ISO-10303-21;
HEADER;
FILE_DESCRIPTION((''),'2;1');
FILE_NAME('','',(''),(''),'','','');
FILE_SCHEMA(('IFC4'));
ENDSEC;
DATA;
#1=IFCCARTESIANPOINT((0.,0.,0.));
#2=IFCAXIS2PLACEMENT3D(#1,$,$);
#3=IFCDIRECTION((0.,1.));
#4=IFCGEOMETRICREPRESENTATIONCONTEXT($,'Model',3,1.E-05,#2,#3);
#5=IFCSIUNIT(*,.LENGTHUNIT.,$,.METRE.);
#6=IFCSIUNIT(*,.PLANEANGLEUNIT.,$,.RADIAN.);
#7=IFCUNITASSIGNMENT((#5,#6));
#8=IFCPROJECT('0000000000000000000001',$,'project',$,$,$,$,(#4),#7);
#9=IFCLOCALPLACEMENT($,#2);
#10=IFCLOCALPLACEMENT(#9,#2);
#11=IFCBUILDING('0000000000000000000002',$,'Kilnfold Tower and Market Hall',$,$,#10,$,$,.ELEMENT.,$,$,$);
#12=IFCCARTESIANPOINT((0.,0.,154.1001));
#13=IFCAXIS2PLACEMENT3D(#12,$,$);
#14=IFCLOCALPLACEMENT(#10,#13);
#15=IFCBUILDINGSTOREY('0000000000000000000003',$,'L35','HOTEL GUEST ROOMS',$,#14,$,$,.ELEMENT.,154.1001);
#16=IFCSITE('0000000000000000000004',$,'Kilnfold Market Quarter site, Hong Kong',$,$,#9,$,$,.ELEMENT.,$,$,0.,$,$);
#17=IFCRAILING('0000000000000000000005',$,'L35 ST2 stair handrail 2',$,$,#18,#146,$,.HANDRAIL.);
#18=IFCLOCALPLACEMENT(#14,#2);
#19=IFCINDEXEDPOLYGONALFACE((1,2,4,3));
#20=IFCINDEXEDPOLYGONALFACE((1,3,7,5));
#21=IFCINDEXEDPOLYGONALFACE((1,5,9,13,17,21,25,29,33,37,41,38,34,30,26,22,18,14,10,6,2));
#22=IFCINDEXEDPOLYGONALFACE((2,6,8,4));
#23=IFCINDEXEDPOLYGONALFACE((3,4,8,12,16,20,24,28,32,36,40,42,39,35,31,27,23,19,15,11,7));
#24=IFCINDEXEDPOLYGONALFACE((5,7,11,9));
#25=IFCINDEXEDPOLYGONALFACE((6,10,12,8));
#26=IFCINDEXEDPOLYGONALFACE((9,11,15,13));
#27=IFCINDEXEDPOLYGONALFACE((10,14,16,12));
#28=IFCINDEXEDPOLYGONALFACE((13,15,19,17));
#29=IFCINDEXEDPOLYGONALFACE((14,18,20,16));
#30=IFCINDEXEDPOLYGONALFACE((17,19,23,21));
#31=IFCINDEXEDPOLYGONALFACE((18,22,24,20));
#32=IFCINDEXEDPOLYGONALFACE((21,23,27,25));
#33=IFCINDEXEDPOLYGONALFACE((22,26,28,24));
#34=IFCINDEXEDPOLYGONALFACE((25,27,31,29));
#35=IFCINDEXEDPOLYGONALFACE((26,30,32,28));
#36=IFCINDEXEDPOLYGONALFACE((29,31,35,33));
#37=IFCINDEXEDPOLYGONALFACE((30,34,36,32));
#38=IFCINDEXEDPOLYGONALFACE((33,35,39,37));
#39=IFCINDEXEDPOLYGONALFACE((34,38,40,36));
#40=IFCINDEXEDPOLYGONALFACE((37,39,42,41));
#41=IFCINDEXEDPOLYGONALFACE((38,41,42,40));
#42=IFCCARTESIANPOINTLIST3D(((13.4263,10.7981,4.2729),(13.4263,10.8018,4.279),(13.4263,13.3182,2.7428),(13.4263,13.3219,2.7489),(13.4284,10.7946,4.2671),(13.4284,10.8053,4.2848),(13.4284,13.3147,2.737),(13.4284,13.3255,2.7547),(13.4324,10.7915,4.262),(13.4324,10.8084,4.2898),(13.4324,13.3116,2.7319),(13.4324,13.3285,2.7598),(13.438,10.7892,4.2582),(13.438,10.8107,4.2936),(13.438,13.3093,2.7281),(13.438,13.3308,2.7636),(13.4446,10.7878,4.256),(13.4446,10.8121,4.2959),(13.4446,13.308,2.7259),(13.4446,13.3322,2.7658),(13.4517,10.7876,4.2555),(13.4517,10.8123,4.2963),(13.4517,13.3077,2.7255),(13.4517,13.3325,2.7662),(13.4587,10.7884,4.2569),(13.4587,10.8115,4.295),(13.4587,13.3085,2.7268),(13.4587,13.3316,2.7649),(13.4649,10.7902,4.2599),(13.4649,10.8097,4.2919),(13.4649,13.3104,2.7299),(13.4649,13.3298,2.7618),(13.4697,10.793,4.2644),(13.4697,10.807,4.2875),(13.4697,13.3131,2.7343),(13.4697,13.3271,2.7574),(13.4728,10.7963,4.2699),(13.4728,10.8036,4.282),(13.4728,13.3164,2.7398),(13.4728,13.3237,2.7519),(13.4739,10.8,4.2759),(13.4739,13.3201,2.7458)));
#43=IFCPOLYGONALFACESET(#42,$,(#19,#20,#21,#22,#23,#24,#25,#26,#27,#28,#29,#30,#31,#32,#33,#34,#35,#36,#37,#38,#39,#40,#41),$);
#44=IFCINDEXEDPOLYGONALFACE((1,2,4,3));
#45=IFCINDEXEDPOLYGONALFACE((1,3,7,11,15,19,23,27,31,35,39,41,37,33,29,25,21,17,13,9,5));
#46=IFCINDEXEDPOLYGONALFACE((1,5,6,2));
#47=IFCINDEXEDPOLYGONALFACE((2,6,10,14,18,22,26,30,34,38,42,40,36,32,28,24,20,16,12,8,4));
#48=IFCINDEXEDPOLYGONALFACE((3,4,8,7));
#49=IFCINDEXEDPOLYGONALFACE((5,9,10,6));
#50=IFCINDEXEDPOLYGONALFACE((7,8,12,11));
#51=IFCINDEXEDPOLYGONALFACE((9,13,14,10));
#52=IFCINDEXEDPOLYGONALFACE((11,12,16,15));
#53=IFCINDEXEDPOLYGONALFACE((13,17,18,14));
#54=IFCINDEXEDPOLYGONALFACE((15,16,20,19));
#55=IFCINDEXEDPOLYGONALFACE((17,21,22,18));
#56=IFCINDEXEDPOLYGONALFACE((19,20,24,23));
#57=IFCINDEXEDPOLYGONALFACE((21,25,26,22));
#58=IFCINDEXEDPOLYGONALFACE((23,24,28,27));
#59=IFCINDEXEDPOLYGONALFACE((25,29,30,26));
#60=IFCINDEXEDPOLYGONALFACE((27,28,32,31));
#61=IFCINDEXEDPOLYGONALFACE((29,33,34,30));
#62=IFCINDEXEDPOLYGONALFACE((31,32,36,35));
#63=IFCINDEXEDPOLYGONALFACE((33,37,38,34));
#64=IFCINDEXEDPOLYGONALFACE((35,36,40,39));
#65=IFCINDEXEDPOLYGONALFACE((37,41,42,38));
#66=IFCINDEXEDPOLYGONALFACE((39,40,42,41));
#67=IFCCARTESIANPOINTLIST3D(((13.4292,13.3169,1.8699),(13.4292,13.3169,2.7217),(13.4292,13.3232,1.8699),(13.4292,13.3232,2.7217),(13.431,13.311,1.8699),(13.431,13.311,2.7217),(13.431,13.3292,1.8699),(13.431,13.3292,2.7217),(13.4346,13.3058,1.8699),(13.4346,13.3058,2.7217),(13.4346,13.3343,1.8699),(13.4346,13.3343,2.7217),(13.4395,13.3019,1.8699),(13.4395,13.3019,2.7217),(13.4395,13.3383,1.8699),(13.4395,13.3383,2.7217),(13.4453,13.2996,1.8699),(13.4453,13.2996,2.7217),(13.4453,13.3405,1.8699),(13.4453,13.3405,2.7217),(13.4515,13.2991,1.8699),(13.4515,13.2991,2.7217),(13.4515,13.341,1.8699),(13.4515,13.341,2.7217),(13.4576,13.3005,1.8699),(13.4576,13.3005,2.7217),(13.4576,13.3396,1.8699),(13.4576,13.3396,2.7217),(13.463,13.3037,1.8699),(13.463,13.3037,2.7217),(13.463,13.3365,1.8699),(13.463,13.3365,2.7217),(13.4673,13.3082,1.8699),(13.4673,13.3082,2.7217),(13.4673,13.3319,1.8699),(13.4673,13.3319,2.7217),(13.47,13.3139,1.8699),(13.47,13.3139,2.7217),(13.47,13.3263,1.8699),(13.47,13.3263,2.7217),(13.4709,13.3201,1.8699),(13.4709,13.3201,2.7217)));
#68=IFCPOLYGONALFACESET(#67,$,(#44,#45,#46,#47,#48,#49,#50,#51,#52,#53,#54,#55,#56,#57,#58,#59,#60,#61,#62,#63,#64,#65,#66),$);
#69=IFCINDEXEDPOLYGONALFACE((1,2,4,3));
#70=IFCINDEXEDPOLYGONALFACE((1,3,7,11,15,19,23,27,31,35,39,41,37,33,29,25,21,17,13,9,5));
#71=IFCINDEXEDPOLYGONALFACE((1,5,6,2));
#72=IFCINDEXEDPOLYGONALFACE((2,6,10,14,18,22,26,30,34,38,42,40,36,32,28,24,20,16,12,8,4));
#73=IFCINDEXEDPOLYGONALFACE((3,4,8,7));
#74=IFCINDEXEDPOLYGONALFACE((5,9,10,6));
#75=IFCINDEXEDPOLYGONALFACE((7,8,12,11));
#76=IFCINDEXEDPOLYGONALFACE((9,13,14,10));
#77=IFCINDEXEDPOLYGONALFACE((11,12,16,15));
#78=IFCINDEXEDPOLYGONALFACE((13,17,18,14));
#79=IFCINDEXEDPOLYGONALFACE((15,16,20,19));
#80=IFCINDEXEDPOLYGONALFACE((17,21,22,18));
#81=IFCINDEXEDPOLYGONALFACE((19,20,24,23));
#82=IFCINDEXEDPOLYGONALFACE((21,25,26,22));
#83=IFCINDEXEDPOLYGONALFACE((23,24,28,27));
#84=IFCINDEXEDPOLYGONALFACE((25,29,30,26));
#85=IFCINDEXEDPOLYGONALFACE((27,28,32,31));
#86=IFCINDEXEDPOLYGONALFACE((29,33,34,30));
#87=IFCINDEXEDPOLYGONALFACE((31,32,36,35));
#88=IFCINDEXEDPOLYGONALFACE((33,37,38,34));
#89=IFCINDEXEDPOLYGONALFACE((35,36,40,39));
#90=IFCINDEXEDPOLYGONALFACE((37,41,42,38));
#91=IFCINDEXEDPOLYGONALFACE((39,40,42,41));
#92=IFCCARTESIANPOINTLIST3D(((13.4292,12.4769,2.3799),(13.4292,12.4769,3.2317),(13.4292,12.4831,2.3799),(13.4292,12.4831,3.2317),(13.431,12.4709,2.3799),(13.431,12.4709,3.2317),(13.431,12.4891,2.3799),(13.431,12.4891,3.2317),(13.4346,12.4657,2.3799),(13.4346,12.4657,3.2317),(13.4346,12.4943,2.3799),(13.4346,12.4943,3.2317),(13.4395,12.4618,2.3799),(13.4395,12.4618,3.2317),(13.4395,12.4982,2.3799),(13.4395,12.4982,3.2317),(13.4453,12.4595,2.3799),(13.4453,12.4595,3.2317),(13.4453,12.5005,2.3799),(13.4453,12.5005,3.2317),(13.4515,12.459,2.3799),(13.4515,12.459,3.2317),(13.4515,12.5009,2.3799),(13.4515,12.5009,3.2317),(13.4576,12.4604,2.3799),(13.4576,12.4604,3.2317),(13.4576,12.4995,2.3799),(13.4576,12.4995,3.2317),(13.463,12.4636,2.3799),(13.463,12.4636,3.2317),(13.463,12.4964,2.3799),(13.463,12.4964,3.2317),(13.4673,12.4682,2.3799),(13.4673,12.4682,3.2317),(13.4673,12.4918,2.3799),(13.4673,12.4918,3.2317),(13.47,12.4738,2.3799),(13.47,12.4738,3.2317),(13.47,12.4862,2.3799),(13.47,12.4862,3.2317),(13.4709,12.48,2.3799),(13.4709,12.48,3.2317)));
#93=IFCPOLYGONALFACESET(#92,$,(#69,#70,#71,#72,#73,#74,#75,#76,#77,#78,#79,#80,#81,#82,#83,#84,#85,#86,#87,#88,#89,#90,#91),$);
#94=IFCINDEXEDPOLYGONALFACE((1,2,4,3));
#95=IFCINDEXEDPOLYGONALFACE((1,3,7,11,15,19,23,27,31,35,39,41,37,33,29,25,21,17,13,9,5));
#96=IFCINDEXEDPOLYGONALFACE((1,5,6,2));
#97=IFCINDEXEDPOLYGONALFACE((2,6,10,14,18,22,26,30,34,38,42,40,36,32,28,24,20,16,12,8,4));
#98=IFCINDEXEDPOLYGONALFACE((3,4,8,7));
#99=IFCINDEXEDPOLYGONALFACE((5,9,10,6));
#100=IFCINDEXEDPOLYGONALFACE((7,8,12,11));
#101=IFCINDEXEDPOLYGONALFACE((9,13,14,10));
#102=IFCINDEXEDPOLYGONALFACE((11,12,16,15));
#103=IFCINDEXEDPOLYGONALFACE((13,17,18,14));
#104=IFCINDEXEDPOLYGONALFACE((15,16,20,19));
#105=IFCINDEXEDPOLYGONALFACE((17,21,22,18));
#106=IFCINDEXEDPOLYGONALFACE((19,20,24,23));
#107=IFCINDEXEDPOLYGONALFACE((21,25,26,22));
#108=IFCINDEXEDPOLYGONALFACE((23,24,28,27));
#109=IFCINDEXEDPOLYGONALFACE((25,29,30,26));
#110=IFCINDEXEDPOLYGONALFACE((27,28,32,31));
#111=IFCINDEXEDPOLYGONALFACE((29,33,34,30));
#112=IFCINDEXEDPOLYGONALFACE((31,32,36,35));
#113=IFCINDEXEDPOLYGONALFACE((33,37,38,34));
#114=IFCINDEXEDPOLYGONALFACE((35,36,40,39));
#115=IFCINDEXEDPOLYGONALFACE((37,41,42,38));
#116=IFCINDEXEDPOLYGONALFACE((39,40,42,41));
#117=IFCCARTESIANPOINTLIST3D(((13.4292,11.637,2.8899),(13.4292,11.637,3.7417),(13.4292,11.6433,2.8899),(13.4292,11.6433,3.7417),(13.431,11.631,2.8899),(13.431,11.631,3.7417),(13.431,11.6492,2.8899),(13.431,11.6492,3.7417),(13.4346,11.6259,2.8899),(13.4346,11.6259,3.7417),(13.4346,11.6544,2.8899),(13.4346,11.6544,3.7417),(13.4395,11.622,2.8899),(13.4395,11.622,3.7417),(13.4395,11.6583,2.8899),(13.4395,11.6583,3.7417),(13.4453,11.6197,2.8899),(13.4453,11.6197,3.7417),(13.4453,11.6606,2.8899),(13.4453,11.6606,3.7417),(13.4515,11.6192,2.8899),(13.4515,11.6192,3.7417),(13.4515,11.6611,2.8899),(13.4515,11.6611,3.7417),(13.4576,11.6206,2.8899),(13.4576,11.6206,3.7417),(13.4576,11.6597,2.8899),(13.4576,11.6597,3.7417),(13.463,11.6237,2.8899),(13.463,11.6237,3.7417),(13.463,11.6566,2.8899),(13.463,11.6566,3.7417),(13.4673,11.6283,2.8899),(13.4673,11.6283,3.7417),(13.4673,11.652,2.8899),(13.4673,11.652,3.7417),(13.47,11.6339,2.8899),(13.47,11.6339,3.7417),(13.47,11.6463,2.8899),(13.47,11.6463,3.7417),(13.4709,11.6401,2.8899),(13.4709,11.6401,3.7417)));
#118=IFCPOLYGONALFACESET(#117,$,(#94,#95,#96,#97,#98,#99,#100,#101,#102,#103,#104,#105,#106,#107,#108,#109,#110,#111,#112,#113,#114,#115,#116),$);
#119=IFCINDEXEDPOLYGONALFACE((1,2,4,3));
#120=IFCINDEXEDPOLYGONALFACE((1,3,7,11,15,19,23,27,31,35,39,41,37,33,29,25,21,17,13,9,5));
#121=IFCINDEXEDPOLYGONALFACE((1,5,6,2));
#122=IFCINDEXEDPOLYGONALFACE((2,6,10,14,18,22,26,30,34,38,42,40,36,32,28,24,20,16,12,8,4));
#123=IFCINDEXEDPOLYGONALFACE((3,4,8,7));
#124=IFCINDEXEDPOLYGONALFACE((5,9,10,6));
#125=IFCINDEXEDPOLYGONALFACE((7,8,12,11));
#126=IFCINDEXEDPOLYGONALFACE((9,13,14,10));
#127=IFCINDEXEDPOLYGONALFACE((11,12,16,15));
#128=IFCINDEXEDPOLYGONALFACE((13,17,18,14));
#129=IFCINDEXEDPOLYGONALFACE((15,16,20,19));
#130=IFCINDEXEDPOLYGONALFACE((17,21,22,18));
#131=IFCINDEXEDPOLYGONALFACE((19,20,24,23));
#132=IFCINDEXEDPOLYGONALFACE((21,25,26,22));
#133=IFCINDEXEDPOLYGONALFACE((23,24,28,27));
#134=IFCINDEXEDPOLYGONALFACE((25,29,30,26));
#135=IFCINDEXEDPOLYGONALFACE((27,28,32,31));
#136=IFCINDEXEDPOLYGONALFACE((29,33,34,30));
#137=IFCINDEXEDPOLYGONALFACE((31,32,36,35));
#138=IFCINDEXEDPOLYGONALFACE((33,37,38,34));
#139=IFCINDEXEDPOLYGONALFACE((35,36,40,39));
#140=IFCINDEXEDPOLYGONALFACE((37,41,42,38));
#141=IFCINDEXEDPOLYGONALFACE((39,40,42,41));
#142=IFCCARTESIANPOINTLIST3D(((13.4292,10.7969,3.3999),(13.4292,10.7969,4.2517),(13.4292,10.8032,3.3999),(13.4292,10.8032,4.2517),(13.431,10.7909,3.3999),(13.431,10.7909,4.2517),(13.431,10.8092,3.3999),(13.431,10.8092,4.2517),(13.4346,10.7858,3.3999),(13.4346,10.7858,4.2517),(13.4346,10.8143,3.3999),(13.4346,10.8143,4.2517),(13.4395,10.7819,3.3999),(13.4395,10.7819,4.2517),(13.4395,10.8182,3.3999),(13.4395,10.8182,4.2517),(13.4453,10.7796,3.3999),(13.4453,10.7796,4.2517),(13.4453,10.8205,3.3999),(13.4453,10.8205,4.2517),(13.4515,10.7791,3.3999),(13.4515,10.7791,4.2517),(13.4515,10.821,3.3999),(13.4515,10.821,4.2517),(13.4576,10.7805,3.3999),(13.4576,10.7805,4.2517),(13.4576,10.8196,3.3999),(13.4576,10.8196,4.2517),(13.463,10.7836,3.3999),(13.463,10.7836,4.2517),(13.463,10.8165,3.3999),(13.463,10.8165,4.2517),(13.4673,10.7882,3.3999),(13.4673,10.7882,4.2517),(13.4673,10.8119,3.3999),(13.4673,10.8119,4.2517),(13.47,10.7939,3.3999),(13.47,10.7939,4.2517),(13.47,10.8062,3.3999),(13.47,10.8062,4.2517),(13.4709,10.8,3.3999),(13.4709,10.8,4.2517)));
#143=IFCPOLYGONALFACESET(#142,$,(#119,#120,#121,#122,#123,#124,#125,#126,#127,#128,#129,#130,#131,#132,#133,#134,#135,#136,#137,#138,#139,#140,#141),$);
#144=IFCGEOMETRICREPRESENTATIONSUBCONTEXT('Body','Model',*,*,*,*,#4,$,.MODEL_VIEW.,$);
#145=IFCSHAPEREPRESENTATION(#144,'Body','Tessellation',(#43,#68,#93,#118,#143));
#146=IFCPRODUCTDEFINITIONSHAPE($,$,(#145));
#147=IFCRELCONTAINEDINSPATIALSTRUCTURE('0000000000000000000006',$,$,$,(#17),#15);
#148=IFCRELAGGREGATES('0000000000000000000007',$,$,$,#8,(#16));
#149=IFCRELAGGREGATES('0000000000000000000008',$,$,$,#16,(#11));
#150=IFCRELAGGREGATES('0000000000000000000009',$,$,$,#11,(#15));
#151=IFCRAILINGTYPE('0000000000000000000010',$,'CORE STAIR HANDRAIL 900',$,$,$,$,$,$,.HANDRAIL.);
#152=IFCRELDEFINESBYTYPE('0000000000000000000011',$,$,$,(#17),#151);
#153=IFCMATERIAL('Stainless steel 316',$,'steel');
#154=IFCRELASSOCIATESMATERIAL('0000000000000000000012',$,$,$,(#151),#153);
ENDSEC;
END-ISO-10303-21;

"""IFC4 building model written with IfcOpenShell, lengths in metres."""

from ifc_helpers import new_model, si_unit, direction, frame, origin, origin_2d, place, context, subcontext, project, spatial, circle, extrude, material, type_object, element, save


model = new_model("IFC4")

# Units and contexts
model_context = context("Model", 3, precision=1e-05, world=origin(), true_north=direction((0.0, 1.0)))
body_context = subcontext(model_context, "Body", "Model", "MODEL_VIEW")
ifc_project = project(units=[si_unit("LENGTHUNIT", "METRE"), si_unit("PLANEANGLEUNIT", "RADIAN")], contexts=[model_context])

# Site, building, storey
site_placement = place(None, origin())
site = spatial("IfcSite", under=ifc_project, at=site_placement, Name="Kilnfold Market Quarter site, Hong Kong", CompositionType="ELEMENT", RefElevation=0.0)
building_placement = place(site_placement, origin())
building = spatial("IfcBuilding", under=site, at=building_placement, Name="Kilnfold Tower and Market Hall", CompositionType="ELEMENT")
storey_placement = place(building_placement, frame((0.0, 0.0, 154.1001)))
storey = spatial("IfcBuildingStorey", under=building, at=storey_placement, Name="L35", Description="HOTEL GUEST ROOMS", CompositionType="ELEMENT", Elevation=154.1001)

# Railing
ifc_material_1 = material(Name="Stainless steel 316", Category="steel")
railing_type_1 = type_object("IfcRailingType", Name="CORE STAIR HANDRAIL 900", PredefinedType="HANDRAIL", material=ifc_material_1)
railing_1_placement = place(storey_placement, frame((13.45, 13.3201, 1.8699)))
element("IfcRailing", 1, at=railing_1_placement, inside=storey, type_object=railing_type_1, Name="L35 ST2 stair handrail 2", PredefinedType="HANDRAIL", context=body_context, shape_type="SweptSolid", body=[
    extrude(circle(Radius=0.0239, at=origin_2d()), frame((0.0, 0.0, 0.876), z_axis=(0.0, -0.854785, 0.518982), x_axis=(1.0, 0.0, 0.0)), (0.0, 0.0, 1.0), 2.9482),
    extrude(circle(Radius=0.021, at=origin_2d()), origin(), (0.0, 0.0, 1.0), 0.8518),
    extrude(circle(Radius=0.021, at=origin_2d()), frame((0.0, -0.8401, 0.51)), (0.0, 0.0, 1.0), 0.8518),
    extrude(circle(Radius=0.021, at=origin_2d()), frame((0.0, -1.6799, 1.02)), (0.0, 0.0, 1.0), 0.8518),
    extrude(circle(Radius=0.021, at=origin_2d()), frame((0.0, -2.52, 1.53)), (0.0, 0.0, 1.0), 0.8518),
])

save(model, "model.ifc")
